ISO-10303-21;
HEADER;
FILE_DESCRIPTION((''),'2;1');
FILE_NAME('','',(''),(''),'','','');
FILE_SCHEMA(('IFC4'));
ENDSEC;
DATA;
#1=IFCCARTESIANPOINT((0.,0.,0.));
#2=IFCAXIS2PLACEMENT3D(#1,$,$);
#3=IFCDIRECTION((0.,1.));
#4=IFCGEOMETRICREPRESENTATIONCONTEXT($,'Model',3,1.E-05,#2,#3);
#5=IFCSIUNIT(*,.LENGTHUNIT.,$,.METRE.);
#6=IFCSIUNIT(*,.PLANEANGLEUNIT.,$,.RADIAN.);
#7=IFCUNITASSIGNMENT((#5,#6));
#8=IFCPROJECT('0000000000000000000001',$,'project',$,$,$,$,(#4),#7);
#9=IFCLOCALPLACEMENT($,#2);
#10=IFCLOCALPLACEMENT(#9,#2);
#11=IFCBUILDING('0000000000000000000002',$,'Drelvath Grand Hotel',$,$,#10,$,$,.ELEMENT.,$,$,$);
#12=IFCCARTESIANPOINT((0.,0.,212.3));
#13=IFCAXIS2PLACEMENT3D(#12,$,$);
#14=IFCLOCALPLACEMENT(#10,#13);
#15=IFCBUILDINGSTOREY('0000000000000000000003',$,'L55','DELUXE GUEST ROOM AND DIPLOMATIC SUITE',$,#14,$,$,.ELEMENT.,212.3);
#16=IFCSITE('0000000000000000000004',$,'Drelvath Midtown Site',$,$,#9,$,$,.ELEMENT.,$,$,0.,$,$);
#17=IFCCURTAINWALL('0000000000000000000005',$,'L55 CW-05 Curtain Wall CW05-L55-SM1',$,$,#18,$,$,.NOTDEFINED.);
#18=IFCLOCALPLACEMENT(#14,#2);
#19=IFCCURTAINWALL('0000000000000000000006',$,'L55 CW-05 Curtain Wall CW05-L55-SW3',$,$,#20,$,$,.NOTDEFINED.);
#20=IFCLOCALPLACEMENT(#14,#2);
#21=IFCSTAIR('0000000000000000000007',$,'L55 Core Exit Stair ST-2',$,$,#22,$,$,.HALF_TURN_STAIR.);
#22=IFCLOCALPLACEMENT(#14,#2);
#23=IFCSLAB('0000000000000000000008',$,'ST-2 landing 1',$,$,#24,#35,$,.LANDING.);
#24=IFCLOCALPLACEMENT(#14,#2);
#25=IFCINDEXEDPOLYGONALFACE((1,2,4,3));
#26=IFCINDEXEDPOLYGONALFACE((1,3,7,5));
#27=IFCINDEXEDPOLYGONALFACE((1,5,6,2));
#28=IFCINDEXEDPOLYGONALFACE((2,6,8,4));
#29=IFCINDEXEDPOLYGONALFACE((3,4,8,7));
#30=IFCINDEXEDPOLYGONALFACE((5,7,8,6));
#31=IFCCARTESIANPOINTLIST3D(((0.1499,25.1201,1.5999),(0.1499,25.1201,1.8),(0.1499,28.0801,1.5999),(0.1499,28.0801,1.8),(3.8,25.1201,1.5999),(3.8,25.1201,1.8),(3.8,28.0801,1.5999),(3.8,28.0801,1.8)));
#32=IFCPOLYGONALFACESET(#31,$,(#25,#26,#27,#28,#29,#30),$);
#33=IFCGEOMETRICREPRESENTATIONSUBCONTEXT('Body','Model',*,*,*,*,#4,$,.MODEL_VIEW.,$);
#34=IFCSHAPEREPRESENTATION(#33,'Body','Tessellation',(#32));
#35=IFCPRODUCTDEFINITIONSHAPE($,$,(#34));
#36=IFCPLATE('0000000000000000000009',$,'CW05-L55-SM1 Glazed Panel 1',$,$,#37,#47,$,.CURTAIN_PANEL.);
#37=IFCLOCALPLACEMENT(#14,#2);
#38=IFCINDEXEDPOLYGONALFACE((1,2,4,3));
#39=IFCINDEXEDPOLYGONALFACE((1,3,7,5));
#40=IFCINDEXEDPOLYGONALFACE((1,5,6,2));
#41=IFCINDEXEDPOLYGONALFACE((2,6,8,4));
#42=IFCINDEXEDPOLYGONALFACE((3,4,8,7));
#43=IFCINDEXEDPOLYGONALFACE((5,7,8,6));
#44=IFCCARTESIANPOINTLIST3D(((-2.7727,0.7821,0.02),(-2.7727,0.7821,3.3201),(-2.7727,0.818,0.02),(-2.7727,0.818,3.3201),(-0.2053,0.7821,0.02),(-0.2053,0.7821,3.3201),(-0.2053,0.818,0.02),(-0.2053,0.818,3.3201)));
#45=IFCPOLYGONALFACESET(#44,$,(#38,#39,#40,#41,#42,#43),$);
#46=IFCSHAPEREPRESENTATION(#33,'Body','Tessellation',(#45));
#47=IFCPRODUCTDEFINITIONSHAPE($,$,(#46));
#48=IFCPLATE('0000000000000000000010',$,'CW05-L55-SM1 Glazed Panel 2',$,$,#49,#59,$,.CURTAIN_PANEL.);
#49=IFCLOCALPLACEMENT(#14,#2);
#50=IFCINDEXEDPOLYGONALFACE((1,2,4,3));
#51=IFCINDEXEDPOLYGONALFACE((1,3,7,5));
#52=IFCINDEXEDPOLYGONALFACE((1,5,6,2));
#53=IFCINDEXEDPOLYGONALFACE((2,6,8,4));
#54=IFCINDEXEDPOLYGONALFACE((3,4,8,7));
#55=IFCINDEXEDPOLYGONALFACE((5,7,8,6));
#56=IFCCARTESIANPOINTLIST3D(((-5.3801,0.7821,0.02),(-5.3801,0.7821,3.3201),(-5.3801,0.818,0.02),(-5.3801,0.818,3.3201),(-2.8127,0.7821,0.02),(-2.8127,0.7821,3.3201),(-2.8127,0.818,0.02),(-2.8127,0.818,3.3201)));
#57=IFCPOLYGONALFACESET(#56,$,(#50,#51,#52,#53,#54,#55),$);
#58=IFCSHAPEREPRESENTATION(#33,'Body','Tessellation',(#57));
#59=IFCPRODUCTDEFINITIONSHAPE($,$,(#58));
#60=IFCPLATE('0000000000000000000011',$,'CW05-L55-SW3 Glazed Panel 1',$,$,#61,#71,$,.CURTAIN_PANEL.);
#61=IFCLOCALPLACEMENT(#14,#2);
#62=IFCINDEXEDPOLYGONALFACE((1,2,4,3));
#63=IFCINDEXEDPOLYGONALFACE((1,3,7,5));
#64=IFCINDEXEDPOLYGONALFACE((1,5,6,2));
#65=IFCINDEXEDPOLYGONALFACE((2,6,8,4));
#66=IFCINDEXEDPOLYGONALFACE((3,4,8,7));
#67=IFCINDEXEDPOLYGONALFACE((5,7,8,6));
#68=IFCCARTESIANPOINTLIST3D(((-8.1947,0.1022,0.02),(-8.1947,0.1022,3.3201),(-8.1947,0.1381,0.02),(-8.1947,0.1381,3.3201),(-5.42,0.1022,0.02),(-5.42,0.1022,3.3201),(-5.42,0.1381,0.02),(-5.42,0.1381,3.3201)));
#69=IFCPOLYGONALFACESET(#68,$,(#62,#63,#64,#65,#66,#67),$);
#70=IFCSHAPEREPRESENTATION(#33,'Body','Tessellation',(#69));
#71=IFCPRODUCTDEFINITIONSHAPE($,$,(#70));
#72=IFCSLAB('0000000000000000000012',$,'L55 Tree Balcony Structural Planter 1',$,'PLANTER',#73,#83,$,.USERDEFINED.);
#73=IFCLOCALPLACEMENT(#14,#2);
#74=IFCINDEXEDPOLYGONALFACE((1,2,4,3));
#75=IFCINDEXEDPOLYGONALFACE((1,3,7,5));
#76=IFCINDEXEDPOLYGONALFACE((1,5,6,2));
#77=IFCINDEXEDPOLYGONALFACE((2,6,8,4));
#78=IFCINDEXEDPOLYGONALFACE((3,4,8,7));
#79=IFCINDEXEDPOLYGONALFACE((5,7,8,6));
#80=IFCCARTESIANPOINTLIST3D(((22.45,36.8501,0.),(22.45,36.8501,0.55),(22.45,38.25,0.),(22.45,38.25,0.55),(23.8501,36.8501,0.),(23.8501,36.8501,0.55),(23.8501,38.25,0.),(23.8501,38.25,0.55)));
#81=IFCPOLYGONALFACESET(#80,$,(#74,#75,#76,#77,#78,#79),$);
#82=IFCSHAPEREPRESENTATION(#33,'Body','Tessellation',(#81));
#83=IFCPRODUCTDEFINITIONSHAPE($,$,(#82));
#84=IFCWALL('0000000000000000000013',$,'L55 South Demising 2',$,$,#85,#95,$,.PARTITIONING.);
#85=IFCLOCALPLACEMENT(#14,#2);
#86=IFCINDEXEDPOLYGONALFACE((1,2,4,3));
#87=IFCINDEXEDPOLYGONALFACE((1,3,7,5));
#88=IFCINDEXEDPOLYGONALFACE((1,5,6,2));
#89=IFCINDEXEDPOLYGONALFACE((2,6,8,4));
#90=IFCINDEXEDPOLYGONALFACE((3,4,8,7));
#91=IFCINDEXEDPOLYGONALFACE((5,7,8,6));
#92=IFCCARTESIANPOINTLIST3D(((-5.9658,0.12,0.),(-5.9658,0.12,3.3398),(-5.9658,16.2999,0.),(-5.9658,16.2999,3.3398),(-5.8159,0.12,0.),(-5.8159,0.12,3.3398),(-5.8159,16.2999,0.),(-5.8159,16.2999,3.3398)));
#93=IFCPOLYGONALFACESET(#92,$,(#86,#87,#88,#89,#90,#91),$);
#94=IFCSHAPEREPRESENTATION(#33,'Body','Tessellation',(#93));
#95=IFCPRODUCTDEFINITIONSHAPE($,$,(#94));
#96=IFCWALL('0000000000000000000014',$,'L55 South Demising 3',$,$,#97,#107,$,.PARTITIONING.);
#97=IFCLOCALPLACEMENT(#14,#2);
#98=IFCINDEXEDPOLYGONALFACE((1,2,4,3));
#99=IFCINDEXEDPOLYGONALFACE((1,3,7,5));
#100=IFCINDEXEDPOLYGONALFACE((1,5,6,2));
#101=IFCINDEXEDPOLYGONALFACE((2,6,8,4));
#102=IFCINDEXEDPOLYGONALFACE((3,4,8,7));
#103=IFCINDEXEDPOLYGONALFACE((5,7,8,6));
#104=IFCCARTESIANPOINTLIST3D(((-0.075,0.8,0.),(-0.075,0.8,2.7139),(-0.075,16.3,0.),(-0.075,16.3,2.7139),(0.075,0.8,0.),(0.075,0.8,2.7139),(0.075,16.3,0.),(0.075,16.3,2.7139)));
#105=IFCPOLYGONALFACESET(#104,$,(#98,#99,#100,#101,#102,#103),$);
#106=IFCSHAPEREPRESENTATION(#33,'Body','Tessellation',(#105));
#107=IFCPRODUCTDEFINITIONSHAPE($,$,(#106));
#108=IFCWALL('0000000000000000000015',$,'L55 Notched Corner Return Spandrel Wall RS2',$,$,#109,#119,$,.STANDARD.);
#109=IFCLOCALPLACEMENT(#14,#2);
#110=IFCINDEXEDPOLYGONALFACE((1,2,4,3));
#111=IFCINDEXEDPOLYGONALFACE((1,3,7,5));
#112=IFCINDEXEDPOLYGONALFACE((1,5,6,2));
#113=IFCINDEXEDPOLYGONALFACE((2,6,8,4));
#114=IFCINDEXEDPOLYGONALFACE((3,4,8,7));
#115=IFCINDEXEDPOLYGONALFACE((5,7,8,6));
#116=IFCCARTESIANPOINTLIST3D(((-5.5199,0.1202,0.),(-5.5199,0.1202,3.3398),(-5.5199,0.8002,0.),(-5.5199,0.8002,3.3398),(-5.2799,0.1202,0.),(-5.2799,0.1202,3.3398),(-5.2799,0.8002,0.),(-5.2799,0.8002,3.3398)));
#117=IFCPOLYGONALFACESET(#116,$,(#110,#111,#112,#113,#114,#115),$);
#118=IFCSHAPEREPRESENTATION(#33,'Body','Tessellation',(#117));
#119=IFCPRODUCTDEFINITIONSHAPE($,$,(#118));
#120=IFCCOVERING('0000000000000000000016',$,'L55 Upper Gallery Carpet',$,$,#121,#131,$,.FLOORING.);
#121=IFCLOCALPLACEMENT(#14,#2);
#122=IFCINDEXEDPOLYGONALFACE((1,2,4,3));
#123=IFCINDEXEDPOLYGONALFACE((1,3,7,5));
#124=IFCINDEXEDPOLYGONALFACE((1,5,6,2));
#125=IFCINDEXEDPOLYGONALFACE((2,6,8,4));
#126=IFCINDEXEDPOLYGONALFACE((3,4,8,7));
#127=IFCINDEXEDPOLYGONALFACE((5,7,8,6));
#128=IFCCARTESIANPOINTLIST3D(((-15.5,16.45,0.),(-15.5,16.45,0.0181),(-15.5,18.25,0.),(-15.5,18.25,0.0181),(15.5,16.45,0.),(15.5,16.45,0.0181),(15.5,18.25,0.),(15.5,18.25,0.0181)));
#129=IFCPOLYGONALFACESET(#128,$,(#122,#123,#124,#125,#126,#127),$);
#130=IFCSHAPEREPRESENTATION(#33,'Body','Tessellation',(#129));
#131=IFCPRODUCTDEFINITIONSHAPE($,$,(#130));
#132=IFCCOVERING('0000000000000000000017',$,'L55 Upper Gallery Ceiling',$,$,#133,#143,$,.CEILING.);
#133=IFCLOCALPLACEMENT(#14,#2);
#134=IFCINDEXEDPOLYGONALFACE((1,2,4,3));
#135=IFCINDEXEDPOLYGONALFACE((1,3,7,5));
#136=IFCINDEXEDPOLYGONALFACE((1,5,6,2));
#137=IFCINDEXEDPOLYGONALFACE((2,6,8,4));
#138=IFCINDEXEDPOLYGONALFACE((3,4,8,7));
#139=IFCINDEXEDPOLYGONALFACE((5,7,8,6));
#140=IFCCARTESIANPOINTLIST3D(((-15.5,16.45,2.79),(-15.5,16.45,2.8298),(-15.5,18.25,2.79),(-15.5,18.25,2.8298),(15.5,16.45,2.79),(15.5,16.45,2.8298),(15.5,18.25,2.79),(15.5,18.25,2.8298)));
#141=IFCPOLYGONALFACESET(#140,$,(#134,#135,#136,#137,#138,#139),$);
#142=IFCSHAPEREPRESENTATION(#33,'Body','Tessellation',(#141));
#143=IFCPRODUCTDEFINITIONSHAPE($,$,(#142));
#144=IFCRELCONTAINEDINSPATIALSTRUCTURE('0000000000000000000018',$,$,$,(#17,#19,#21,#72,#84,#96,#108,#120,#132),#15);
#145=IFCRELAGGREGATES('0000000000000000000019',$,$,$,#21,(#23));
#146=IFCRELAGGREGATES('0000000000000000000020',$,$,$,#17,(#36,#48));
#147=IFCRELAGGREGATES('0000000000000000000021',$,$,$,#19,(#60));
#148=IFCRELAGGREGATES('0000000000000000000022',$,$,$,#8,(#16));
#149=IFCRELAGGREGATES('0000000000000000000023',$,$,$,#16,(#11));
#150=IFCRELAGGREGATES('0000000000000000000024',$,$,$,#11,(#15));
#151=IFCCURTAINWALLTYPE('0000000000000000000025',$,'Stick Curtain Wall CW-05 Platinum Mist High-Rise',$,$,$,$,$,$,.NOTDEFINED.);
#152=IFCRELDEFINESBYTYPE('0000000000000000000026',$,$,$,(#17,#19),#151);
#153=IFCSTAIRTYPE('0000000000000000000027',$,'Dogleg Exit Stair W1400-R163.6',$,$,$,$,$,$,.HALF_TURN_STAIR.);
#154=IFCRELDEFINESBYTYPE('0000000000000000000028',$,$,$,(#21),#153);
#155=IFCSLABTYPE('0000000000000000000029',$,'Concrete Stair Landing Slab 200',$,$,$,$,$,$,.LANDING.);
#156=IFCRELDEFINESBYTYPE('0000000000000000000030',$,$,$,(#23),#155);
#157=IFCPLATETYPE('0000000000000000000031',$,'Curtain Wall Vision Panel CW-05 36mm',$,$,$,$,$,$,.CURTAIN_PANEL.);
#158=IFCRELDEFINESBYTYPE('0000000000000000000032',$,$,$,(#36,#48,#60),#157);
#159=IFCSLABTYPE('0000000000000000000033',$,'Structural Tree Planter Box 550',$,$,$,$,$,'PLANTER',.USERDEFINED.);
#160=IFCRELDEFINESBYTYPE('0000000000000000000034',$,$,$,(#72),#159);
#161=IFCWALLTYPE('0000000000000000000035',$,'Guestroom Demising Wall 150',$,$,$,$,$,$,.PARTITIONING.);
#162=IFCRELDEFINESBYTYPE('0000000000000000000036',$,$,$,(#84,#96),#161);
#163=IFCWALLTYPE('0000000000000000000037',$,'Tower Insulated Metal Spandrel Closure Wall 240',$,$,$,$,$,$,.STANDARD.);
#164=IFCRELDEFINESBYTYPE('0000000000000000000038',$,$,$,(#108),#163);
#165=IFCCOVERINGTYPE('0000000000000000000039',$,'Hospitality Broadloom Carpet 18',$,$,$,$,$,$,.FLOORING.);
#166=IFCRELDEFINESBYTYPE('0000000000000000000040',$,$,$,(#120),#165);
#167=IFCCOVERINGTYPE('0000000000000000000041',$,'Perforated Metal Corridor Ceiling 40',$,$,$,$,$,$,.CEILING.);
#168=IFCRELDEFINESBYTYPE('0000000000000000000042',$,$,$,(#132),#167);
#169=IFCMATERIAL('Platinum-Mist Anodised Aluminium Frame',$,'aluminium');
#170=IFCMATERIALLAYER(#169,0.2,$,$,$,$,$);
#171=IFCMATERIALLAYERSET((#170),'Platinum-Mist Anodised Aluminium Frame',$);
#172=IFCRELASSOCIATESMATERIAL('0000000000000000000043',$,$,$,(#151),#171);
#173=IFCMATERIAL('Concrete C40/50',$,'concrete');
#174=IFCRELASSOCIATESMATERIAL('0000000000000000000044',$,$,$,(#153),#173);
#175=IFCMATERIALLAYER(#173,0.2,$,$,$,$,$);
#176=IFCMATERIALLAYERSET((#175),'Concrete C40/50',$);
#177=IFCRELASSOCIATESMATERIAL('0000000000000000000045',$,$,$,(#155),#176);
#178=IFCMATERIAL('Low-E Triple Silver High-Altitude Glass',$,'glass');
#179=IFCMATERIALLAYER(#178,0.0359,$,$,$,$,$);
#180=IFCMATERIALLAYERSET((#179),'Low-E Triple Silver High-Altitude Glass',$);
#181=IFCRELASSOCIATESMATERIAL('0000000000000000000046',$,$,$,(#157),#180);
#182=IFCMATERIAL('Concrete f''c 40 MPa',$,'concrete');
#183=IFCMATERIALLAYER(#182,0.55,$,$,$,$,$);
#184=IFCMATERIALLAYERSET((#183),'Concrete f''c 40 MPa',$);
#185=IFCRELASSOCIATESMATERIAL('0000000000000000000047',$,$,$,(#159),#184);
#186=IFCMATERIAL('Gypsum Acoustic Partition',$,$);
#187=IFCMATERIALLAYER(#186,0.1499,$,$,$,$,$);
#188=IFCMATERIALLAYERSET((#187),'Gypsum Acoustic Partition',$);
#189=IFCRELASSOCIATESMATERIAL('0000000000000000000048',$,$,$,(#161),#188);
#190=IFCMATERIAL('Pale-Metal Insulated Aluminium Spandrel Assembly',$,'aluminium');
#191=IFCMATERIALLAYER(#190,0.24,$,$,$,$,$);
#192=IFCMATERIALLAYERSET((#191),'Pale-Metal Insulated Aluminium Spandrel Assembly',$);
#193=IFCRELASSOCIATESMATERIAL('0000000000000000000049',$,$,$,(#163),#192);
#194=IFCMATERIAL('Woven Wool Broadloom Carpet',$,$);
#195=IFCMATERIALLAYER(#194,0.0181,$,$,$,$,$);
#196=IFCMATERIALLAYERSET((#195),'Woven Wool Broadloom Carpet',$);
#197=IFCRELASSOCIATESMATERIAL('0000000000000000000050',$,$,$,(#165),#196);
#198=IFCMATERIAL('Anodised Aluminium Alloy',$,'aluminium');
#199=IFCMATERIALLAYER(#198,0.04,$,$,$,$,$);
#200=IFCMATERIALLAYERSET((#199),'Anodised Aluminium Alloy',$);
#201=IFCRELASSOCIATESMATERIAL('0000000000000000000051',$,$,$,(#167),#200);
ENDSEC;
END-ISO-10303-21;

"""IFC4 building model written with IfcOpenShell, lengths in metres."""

from ifc_helpers import new_model, si_unit, direction, frame, frame_2d, origin, origin_2d, place, context, subcontext, project, spatial, polyline, rectangle, outline, extrude, material, layer, layer_set, type_object, element, aggregate, save


model = new_model("IFC4")

# Units and contexts
model_context = context("Model", 3, precision=1e-05, world=origin(), true_north=direction((0.0, 1.0)))
body_context = subcontext(model_context, "Body", "Model", "MODEL_VIEW")
ifc_project = project(units=[si_unit("LENGTHUNIT", "METRE"), si_unit("PLANEANGLEUNIT", "RADIAN")], contexts=[model_context])

# Site, building, storey
site_placement = place(None, origin())
site = spatial("IfcSite", under=ifc_project, at=site_placement, Name="Drelvath Midtown Site", CompositionType="ELEMENT", RefElevation=0.0)
building_placement = place(site_placement, origin())
building = spatial("IfcBuilding", under=site, at=building_placement, Name="Drelvath Grand Hotel", CompositionType="ELEMENT")
storey_placement = place(building_placement, frame((0.0, 0.0, 212.3)))
storey = spatial("IfcBuildingStorey", under=building, at=storey_placement, Name="L55", Description="DELUXE GUEST ROOM AND DIPLOMATIC SUITE", CompositionType="ELEMENT", Elevation=212.3)

# Curtain walls
ifc_material_1 = material(Name="Platinum-Mist Anodised Aluminium Frame", Category="aluminium")
ifc_layer_1 = layer(ifc_material_1, 0.2)
ifc_layer_set_1 = layer_set([ifc_layer_1], Name="Platinum-Mist Anodised Aluminium Frame")
curtain_wall_type = type_object("IfcCurtainWallType", Name="Stick Curtain Wall CW-05 Platinum Mist High-Rise", PredefinedType="NOTDEFINED", material=ifc_layer_set_1)
curtain_wall_1_placement = place(storey_placement, origin())
curtain_wall_1 = element("IfcCurtainWall", 1, at=curtain_wall_1_placement, inside=storey, type_object=curtain_wall_type, Name="L55 CW-05 Curtain Wall CW05-L55-SM1", PredefinedType="NOTDEFINED")
curtain_wall_2_placement = place(storey_placement, origin())
curtain_wall_2 = element("IfcCurtainWall", 2, at=curtain_wall_2_placement, inside=storey, type_object=curtain_wall_type, Name="L55 CW-05 Curtain Wall CW05-L55-SW3", PredefinedType="NOTDEFINED")

# Shared definitions
ifc_material_2 = material(Name="Concrete f'c 40 MPa", Category="concrete")

# Stair, slab
ifc_material_3 = material(Name="Concrete C40/50", Category="concrete")
stair_type = type_object("IfcStairType", Name="Dogleg Exit Stair W1400-R163.6", PredefinedType="HALF_TURN_STAIR", material=ifc_material_3)
ifc_layer_2 = layer(ifc_material_3, 0.2)
ifc_layer_set_2 = layer_set([ifc_layer_2], Name="Concrete C40/50")
slab_type_1 = type_object("IfcSlabType", Name="Concrete Stair Landing Slab 200", PredefinedType="LANDING", material=ifc_layer_set_2)
stair_1_placement = place(storey_placement, origin())
stair_1 = element("IfcStair", 3, at=stair_1_placement, inside=storey, type_object=stair_type, Name="L55 Core Exit Stair ST-2", PredefinedType="HALF_TURN_STAIR")
slab_1_placement = place(storey_placement, frame((0.0, 0.0, 1.5999)))
slab_1 = element("IfcSlab", 4, at=slab_1_placement, type_object=slab_type_1, Name="ST-2 landing 1", PredefinedType="LANDING", context=body_context, shape_type="SweptSolid", body=[
    extrude(outline(polyline([(3.8, 28.0801), (0.1499, 28.0801), (0.1499, 25.1201), (3.8, 25.1201), (3.8, 28.0801)])), origin(), (0.0, 0.0, 1.0), 0.2002),
])
aggregate(stair_1, [slab_1])

# Plates
ifc_material_4 = material(Name="Low-E Triple Silver High-Altitude Glass", Category="glass")
ifc_layer_3 = layer(ifc_material_4, 0.0359)
ifc_layer_set_3 = layer_set([ifc_layer_3], Name="Low-E Triple Silver High-Altitude Glass")
plate_type = type_object("IfcPlateType", Name="Curtain Wall Vision Panel CW-05 36mm", PredefinedType="CURTAIN_PANEL", material=ifc_layer_set_3)
plate_1_placement = place(storey_placement, frame((-1.489, 0.8, 0.02), z_axis=(0.0, 0.0, 1.0), x_axis=(-1.0, 0.0, 0.0)))
plate_1 = element("IfcPlate", 5, at=plate_1_placement, type_object=plate_type, Name="CW05-L55-SM1 Glazed Panel 1", PredefinedType="CURTAIN_PANEL", context=body_context, shape_type="SweptSolid", body=[
    extrude(rectangle(XDim=2.5674, YDim=0.0359, at=origin_2d()), origin(), (0.0, 0.0, 1.0), 3.3),
])
plate_2_placement = place(storey_placement, frame((-4.0964, 0.8, 0.02), z_axis=(0.0, 0.0, 1.0), x_axis=(-1.0, 0.0, 0.0)))
plate_2 = element("IfcPlate", 6, at=plate_2_placement, type_object=plate_type, Name="CW05-L55-SM1 Glazed Panel 2", PredefinedType="CURTAIN_PANEL", context=body_context, shape_type="SweptSolid", body=[
    extrude(rectangle(XDim=2.5674, YDim=0.0359, at=origin_2d()), origin(), (0.0, 0.0, 1.0), 3.3),
])
aggregate(curtain_wall_1, [plate_1, plate_2])
plate_3_placement = place(storey_placement, frame((-6.8074, 0.1201, 0.02), z_axis=(0.0, 0.0, 1.0), x_axis=(-1.0, 0.0, 0.0)))
plate_3 = element("IfcPlate", 7, at=plate_3_placement, type_object=plate_type, Name="CW05-L55-SW3 Glazed Panel 1", PredefinedType="CURTAIN_PANEL", context=body_context, shape_type="SweptSolid", body=[
    extrude(rectangle(XDim=2.7747, YDim=0.0359, at=origin_2d()), origin(), (0.0, 0.0, 1.0), 3.3),
])
aggregate(curtain_wall_2, [plate_3])

# Slab
ifc_layer_4 = layer(ifc_material_2, 0.55)
ifc_layer_set_4 = layer_set([ifc_layer_4], Name="Concrete f'c 40 MPa")
slab_type_2 = type_object("IfcSlabType", Name="Structural Tree Planter Box 550", ElementType="PLANTER", PredefinedType="USERDEFINED", material=ifc_layer_set_4)
slab_2_placement = place(storey_placement, origin())
element("IfcSlab", 8, at=slab_2_placement, inside=storey, type_object=slab_type_2, Name="L55 Tree Balcony Structural Planter 1", ObjectType="PLANTER", PredefinedType="USERDEFINED", context=body_context, shape_type="SweptSolid", body=[
    extrude(outline(polyline([(22.45, 36.8501), (23.8501, 36.8501), (23.8501, 38.25), (22.45, 38.25), (22.45, 36.8501)])), origin(), (0.0, 0.0, 1.0), 0.55),
])

# Walls
ifc_material_5 = material(Name="Gypsum Acoustic Partition")
ifc_layer_5 = layer(ifc_material_5, 0.1499)
ifc_layer_set_5 = layer_set([ifc_layer_5], Name="Gypsum Acoustic Partition")
wall_type_1 = type_object("IfcWallType", Name="Guestroom Demising Wall 150", PredefinedType="PARTITIONING", material=ifc_layer_set_5)
wall_1_placement = place(storey_placement, frame((-5.8909, 0.1201, 0.0), z_axis=(0.0, 0.0, 1.0), x_axis=(0.0, 1.0, 0.0)))
element("IfcWall", 9, at=wall_1_placement, inside=storey, type_object=wall_type_1, Name="L55 South Demising 2", PredefinedType="PARTITIONING", context=body_context, shape_type="SweptSolid", body=[
    extrude(rectangle(XDim=16.1799, YDim=0.1499, at=frame_2d((8.0898, 0.0))), origin(), (0.0, 0.0, 1.0), 3.3398),
])
wall_2_placement = place(storey_placement, frame((0.0, 0.8, 0.0), z_axis=(0.0, 0.0, 1.0), x_axis=(0.0, 1.0, 0.0)))
element("IfcWall", 10, at=wall_2_placement, inside=storey, type_object=wall_type_1, Name="L55 South Demising 3", PredefinedType="PARTITIONING", context=body_context, shape_type="SweptSolid", body=[
    extrude(rectangle(XDim=15.5, YDim=0.1499, at=frame_2d((7.75, 0.0))), origin(), (0.0, 0.0, 1.0), 2.7139),
])
ifc_material_6 = material(Name="Pale-Metal Insulated Aluminium Spandrel Assembly", Category="aluminium")
ifc_layer_6 = layer(ifc_material_6, 0.24)
ifc_layer_set_6 = layer_set([ifc_layer_6], Name="Pale-Metal Insulated Aluminium Spandrel Assembly")
wall_type_2 = type_object("IfcWallType", Name="Tower Insulated Metal Spandrel Closure Wall 240", PredefinedType="STANDARD", material=ifc_layer_set_6)
wall_3_placement = place(storey_placement, frame((-5.3999, 0.8, 0.0), z_axis=(0.0, 0.0, 1.0), x_axis=(0.0, -1.0, 0.0)))
element("IfcWall", 11, at=wall_3_placement, inside=storey, type_object=wall_type_2, Name="L55 Notched Corner Return Spandrel Wall RS2", PredefinedType="STANDARD", context=body_context, shape_type="SweptSolid", body=[
    extrude(rectangle(XDim=0.6799, YDim=0.24, at=frame_2d((0.3398, 0.0))), origin(), (0.0, 0.0, 1.0), 3.3398),
])

# Coverings
ifc_material_7 = material(Name="Woven Wool Broadloom Carpet")
ifc_layer_7 = layer(ifc_material_7, 0.0181)
ifc_layer_set_7 = layer_set([ifc_layer_7], Name="Woven Wool Broadloom Carpet")
covering_type_1 = type_object("IfcCoveringType", Name="Hospitality Broadloom Carpet 18", PredefinedType="FLOORING", material=ifc_layer_set_7)
covering_1_placement = place(storey_placement, origin())
element("IfcCovering", 12, at=covering_1_placement, inside=storey, type_object=covering_type_1, Name="L55 Upper Gallery Carpet", PredefinedType="FLOORING", context=body_context, shape_type="SweptSolid", body=[
    extrude(outline(polyline([(15.5, 16.45), (15.5, 18.25), (-15.5, 18.25), (-15.5, 16.45), (15.5, 16.45)])), origin(), (0.0, 0.0, 1.0), 0.0181),
])
ifc_material_8 = material(Name="Anodised Aluminium Alloy", Category="aluminium")
ifc_layer_8 = layer(ifc_material_8, 0.04)
ifc_layer_set_8 = layer_set([ifc_layer_8], Name="Anodised Aluminium Alloy")
covering_type_2 = type_object("IfcCoveringType", Name="Perforated Metal Corridor Ceiling 40", PredefinedType="CEILING", material=ifc_layer_set_8)
covering_2_placement = place(storey_placement, frame((0.0, 0.0, 2.79)))
element("IfcCovering", 13, at=covering_2_placement, inside=storey, type_object=covering_type_2, Name="L55 Upper Gallery Ceiling", PredefinedType="CEILING", context=body_context, shape_type="SweptSolid", body=[
    extrude(outline(polyline([(15.5, 16.45), (15.5, 18.25), (-15.5, 18.25), (-15.5, 16.45), (15.5, 16.45)])), origin(), (0.0, 0.0, 1.0), 0.0398),
])

save(model, "model.ifc")
